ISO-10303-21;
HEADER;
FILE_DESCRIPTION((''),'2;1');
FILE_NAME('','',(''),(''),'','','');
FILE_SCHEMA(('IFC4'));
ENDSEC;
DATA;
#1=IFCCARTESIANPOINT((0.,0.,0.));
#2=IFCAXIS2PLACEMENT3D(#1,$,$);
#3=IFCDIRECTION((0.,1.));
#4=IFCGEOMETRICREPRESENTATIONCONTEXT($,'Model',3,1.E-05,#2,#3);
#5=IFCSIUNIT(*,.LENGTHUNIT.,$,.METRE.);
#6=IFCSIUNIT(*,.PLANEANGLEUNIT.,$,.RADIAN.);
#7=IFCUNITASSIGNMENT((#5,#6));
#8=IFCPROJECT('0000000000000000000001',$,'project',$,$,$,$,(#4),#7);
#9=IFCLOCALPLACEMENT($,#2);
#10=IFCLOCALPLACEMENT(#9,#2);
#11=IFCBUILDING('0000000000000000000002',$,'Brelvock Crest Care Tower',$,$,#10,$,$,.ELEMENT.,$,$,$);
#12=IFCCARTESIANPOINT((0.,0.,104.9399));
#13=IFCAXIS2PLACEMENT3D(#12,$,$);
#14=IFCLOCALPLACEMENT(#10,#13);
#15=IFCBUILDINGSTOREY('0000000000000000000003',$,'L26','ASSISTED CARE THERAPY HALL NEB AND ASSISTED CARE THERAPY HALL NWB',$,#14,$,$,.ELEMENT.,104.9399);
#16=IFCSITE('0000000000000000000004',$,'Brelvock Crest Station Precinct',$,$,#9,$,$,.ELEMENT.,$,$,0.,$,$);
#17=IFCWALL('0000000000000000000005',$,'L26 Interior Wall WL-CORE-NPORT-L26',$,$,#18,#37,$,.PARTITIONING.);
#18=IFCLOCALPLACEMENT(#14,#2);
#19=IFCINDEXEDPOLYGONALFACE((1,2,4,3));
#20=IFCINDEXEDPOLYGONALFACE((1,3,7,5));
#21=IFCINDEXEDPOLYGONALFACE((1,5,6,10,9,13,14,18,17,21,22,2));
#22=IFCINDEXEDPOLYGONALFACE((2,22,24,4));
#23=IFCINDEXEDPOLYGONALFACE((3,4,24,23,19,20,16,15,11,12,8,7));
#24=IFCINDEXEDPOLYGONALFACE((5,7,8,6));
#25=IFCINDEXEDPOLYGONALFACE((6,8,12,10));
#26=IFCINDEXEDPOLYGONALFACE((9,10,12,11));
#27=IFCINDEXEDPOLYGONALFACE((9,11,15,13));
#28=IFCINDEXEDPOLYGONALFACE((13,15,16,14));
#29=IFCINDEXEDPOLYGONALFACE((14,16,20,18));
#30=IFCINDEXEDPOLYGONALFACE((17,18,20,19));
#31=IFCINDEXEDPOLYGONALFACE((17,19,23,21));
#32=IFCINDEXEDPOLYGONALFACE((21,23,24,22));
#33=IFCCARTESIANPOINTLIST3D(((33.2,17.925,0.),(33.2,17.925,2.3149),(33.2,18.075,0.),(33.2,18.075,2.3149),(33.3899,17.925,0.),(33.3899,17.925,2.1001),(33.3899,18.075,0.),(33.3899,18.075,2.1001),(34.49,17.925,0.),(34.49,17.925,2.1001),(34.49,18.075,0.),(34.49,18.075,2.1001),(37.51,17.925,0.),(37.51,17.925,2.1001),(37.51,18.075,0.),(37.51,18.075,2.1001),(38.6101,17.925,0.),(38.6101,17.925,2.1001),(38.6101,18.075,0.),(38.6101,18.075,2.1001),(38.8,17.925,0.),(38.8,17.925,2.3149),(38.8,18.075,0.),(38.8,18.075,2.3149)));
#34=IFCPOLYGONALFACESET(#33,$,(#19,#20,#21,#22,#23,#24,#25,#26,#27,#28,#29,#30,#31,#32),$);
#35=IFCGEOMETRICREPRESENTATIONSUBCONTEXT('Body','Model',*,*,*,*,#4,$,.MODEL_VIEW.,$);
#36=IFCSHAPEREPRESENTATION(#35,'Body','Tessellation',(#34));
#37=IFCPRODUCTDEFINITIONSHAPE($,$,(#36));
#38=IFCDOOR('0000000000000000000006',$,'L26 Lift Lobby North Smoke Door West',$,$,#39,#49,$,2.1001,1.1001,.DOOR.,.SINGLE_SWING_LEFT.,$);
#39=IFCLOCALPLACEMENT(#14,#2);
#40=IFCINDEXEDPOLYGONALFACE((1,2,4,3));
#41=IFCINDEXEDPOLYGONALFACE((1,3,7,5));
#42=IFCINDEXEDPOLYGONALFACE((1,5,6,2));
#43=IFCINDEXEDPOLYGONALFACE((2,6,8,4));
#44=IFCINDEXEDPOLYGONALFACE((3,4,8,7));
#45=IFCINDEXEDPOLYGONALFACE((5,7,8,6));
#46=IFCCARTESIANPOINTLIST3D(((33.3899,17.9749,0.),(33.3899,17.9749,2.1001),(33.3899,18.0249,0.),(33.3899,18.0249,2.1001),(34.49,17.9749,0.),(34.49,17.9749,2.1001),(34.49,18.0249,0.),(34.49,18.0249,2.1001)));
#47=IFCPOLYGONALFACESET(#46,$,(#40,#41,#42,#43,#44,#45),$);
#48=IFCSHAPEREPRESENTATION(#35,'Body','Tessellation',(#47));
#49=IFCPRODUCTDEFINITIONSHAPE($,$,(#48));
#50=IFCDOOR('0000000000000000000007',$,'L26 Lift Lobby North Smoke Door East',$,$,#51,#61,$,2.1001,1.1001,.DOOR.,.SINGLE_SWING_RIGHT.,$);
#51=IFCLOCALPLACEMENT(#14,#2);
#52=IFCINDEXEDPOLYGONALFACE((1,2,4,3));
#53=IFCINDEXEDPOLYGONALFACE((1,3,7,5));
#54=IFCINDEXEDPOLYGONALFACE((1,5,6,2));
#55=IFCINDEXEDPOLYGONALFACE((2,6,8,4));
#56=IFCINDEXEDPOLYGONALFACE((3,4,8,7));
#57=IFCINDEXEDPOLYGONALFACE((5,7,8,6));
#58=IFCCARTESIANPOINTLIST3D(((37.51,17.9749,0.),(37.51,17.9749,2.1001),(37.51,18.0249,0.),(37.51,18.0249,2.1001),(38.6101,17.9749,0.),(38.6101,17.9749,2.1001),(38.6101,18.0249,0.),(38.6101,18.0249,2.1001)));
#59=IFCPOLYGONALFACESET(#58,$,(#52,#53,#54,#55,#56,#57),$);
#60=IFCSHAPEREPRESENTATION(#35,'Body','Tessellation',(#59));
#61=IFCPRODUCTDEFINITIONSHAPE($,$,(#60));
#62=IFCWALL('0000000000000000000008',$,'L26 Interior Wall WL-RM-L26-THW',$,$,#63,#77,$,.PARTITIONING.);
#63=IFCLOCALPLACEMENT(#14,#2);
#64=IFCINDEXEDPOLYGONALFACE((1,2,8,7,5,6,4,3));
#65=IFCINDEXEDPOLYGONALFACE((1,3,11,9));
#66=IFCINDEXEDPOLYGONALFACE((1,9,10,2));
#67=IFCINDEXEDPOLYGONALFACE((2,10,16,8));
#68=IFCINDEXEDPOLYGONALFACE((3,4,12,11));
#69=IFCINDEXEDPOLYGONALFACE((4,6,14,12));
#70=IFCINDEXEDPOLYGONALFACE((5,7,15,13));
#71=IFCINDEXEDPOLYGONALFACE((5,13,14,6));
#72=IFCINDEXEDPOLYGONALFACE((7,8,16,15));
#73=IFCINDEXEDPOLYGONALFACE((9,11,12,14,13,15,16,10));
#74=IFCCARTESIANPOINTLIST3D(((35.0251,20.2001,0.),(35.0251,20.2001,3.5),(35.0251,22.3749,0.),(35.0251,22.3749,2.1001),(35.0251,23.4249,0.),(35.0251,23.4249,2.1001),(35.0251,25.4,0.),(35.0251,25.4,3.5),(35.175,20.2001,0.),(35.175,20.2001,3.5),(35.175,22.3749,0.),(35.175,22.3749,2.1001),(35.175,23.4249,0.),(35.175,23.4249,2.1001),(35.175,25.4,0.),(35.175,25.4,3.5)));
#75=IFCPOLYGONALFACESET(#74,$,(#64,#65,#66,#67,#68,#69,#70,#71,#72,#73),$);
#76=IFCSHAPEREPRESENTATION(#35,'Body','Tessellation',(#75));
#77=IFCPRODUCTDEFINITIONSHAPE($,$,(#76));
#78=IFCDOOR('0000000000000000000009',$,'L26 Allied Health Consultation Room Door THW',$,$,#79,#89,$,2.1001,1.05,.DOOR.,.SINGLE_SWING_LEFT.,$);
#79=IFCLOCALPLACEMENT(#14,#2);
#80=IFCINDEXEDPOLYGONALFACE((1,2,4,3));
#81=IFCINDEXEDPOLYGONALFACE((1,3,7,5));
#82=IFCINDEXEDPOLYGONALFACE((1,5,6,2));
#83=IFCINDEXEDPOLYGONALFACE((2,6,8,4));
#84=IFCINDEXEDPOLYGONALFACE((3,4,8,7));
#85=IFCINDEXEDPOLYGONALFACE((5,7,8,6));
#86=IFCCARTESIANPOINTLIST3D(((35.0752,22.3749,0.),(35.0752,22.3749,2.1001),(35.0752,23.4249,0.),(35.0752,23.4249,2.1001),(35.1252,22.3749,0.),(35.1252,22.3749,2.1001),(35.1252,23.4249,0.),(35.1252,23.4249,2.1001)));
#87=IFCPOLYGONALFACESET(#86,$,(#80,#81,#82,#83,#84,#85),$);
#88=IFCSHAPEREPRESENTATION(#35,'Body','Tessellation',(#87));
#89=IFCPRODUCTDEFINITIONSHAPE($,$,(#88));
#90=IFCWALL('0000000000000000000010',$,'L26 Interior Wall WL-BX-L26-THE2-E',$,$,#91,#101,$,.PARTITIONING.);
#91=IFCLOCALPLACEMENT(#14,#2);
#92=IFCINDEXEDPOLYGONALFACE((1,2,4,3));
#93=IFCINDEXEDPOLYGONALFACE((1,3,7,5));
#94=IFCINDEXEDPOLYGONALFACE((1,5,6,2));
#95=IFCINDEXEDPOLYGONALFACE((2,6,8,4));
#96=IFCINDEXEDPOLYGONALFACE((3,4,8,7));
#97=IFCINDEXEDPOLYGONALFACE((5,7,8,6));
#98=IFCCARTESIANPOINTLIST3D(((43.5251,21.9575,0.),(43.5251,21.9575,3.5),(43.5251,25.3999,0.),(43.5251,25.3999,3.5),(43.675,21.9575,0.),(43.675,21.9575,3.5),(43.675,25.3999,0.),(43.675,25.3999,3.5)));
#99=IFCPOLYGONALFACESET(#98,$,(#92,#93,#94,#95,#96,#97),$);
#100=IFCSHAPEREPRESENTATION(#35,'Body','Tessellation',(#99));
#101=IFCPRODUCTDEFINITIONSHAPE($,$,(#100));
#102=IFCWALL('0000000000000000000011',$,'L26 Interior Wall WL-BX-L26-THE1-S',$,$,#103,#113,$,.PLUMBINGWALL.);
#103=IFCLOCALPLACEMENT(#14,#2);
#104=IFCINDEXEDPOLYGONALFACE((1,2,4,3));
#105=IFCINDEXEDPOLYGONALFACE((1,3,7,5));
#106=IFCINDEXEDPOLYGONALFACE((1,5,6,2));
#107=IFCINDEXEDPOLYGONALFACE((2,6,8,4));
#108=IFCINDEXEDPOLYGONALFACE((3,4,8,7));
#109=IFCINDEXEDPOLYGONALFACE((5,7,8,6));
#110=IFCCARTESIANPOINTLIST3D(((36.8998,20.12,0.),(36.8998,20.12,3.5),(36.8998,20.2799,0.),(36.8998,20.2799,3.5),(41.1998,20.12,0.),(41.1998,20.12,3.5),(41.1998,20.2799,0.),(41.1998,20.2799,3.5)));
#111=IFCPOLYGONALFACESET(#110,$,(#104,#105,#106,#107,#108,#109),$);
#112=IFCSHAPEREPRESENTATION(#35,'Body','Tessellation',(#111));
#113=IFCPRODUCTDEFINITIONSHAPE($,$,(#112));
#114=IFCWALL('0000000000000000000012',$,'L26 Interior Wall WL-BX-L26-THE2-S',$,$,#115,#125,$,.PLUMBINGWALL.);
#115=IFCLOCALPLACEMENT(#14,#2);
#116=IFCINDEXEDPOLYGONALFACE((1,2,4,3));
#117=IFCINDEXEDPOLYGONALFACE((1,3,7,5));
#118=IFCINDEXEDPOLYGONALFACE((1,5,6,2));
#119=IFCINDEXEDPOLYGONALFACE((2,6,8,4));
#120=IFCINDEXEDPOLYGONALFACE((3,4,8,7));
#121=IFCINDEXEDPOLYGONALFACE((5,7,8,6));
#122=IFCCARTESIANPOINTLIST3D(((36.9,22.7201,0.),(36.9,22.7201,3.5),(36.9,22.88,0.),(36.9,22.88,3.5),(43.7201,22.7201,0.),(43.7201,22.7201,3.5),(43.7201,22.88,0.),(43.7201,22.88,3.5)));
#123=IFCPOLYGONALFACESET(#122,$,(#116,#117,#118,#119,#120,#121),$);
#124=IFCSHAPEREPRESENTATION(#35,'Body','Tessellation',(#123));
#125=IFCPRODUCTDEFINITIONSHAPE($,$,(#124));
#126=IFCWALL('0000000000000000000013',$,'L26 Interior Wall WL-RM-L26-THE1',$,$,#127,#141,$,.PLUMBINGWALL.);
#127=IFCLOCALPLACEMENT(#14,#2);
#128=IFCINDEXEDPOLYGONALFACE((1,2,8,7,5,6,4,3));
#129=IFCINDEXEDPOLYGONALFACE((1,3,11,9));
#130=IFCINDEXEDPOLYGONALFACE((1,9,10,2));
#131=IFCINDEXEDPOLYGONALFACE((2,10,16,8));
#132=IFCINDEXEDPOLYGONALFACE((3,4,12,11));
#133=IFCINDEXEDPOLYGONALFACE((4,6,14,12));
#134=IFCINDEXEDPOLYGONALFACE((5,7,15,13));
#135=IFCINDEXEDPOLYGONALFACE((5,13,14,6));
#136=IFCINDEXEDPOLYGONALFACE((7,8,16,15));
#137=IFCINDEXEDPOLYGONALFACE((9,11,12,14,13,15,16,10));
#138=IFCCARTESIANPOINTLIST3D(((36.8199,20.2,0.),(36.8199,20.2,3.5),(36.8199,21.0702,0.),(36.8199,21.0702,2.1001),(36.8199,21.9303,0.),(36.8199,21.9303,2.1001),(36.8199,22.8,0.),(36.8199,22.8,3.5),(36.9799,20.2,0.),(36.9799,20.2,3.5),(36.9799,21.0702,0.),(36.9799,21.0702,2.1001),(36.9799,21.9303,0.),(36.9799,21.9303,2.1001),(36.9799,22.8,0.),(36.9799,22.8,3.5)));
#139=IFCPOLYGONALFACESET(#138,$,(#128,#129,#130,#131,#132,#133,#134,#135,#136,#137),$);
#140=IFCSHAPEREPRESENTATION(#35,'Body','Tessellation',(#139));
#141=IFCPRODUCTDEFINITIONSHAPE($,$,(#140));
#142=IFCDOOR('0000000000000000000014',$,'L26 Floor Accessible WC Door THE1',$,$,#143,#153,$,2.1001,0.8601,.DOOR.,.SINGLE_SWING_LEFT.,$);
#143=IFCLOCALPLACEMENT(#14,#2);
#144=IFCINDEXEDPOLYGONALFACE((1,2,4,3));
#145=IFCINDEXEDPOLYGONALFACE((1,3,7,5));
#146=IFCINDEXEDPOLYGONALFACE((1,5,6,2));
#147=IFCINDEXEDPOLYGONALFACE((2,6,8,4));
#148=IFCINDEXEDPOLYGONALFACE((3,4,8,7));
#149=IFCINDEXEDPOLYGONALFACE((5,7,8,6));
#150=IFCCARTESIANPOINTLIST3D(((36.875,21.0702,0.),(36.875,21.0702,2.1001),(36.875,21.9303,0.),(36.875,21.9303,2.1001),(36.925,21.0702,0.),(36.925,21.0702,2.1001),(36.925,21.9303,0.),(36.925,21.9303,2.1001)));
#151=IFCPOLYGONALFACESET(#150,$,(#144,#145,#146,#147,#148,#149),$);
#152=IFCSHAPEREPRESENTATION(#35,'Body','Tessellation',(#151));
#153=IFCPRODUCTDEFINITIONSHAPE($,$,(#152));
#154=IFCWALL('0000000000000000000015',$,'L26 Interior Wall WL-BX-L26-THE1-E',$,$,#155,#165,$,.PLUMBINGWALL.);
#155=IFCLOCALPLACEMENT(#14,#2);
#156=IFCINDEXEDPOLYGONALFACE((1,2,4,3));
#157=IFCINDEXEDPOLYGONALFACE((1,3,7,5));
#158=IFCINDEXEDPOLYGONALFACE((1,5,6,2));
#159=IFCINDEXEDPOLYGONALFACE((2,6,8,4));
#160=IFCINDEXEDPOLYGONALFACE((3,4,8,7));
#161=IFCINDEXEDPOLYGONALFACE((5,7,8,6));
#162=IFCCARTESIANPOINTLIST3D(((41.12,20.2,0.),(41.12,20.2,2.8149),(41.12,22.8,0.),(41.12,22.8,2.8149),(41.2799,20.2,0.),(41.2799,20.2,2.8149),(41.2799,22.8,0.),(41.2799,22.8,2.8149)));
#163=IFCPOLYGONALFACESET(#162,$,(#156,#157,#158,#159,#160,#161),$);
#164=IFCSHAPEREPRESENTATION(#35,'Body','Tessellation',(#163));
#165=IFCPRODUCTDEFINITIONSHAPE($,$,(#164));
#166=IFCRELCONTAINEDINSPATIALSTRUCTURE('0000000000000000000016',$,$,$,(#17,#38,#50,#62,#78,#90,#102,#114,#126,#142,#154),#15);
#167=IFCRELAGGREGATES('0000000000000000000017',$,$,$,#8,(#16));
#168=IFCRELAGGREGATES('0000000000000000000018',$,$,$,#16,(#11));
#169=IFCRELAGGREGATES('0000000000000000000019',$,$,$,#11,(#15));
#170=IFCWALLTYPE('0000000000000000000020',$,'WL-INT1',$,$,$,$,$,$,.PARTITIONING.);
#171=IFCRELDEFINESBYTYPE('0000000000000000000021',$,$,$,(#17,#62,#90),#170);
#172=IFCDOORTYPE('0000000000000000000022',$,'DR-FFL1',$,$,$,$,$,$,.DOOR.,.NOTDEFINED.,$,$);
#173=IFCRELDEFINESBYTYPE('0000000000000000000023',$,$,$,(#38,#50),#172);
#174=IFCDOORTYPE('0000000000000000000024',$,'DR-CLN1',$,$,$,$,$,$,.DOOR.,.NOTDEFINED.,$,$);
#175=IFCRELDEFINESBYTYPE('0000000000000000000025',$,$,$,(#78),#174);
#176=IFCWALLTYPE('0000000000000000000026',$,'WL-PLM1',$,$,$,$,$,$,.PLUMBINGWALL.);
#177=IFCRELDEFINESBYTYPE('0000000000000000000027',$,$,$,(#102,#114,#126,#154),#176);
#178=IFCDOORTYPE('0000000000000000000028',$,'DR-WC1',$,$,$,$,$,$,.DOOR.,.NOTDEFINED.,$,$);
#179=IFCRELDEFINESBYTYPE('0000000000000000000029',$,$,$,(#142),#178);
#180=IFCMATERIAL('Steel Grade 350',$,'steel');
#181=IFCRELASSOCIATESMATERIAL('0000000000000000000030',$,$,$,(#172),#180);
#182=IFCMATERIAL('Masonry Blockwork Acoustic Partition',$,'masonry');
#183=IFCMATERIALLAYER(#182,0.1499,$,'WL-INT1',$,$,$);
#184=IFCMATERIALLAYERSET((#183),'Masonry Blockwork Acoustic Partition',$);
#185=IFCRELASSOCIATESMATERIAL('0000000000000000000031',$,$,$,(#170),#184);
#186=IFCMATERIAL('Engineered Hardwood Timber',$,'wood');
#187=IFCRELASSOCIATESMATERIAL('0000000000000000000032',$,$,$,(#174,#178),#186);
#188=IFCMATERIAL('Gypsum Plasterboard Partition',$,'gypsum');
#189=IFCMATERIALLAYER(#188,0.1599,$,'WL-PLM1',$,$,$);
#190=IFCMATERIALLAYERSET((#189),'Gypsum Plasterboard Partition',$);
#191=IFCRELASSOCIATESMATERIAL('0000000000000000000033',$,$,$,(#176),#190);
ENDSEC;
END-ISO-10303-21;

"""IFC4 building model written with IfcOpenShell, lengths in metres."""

from ifc_helpers import new_model, si_unit, direction, frame, frame_2d, origin, origin_2d, place, context, subcontext, project, spatial, rectangle, extrude, source, transform, mapped, material, layer, layer_set, type_object, element, fill, save


model = new_model("IFC4")

# Units and contexts
model_context = context("Model", 3, precision=1e-05, world=origin(), true_north=direction((0.0, 1.0)))
body_context = subcontext(model_context, "Body", "Model", "MODEL_VIEW")
ifc_project = project(units=[si_unit("LENGTHUNIT", "METRE"), si_unit("PLANEANGLEUNIT", "RADIAN")], contexts=[model_context])

# Site, building, storey
site_placement = place(None, origin())
site = spatial("IfcSite", under=ifc_project, at=site_placement, Name="Brelvock Crest Station Precinct", CompositionType="ELEMENT", RefElevation=0.0)
building_placement = place(site_placement, origin())
building = spatial("IfcBuilding", under=site, at=building_placement, Name="Brelvock Crest Care Tower", CompositionType="ELEMENT")
storey_placement = place(building_placement, frame((0.0, 0.0, 104.9399)))
storey = spatial("IfcBuildingStorey", under=building, at=storey_placement, Name="L26", Description="ASSISTED CARE THERAPY HALL NEB AND ASSISTED CARE THERAPY HALL NWB", CompositionType="ELEMENT", Elevation=104.9399)

# Shared definitions
ifc_material_1 = material(Name="Steel Grade 350", Category="steel")

# Shared definitions
door_type_1 = type_object("IfcDoorType", Name="DR-FFL1", OperationType="NOTDEFINED", PredefinedType="DOOR", material=ifc_material_1)
shared_shape_1 = source(origin(), body_context, "Body", "SweptSolid", [
    extrude(rectangle(XDim=1.1001, YDim=2.1001, at=origin_2d()), frame((0.55, 0.0249, 1.05), z_axis=(0.0, -1.0, 0.0), x_axis=(1.0, 0.0, 0.0)), (0.0, 0.0, 1.0), 0.05),
])

# Wall, openings, doors
ifc_material_2 = material(Name="Masonry Blockwork Acoustic Partition", Category="masonry")
ifc_layer_1 = layer(ifc_material_2, 0.1499, Name="WL-INT1")
ifc_layer_set_1 = layer_set([ifc_layer_1], Name="Masonry Blockwork Acoustic Partition")
wall_type_1 = type_object("IfcWallType", Name="WL-INT1", PredefinedType="PARTITIONING", material=ifc_layer_set_1)
wall_1_placement = place(storey_placement, frame((33.2, 18.0, 0.0), z_axis=(0.0, 0.0, 1.0), x_axis=(1.0, 0.0, 0.0)))
wall_1 = element("IfcWall", 1, at=wall_1_placement, inside=storey, type_object=wall_type_1, Name="L26 Interior Wall WL-CORE-NPORT-L26", PredefinedType="PARTITIONING", context=body_context, shape_type="SweptSolid", body=[
    extrude(rectangle(XDim=5.6001, YDim=0.1499, at=frame_2d((2.8, 0.0))), origin(), (0.0, 0.0, 1.0), 2.3149),
])
opening_1_placement = place(wall_1_placement, frame((0.1899, 0.0, 0.0)))
opening_1 = element("IfcOpeningElement", 2, at=opening_1_placement, cuts=wall_1, PredefinedType="OPENING", context=body_context, shape_type="SweptSolid", body=[
    extrude(rectangle(XDim=1.1001, YDim=2.1001, at=origin_2d()), frame((0.55, 0.085, 1.05), z_axis=(0.0, -1.0, 0.0), x_axis=(1.0, 0.0, 0.0)), (0.0, 0.0, 1.0), 0.1699),
])
opening_2_placement = place(wall_1_placement, frame((4.3101, 0.0, 0.0)))
opening_2 = element("IfcOpeningElement", 3, at=opening_2_placement, cuts=wall_1, PredefinedType="OPENING", context=body_context, shape_type="SweptSolid", body=[
    extrude(rectangle(XDim=1.1001, YDim=2.1001, at=origin_2d()), frame((0.55, 0.085, 1.05), z_axis=(0.0, -1.0, 0.0), x_axis=(1.0, 0.0, 0.0)), (0.0, 0.0, 1.0), 0.1699),
])
door_1_placement = place(opening_1_placement, origin())
door_1 = element("IfcDoor", 4, at=door_1_placement, inside=storey, type_object=door_type_1, Name="L26 Lift Lobby North Smoke Door West", OperationType="SINGLE_SWING_LEFT", OverallHeight=2.1001, OverallWidth=1.1001, PredefinedType="DOOR", context=body_context, shape_type="MappedRepresentation", body=[
    mapped(shared_shape_1, transform((0.0, 0.0, 0.0), x_axis=(1.0, 0.0, 0.0), y_axis=(0.0, 1.0, 0.0), z_axis=(0.0, 0.0, 1.0), scale=1.0)),
])
fill(opening_1, door_1)
door_2_placement = place(opening_2_placement, origin())
door_2 = element("IfcDoor", 5, at=door_2_placement, inside=storey, type_object=door_type_1, Name="L26 Lift Lobby North Smoke Door East", OperationType="SINGLE_SWING_RIGHT", OverallHeight=2.1001, OverallWidth=1.1001, PredefinedType="DOOR", context=body_context, shape_type="MappedRepresentation", body=[
    mapped(shared_shape_1, transform((0.0, 0.0, 0.0), x_axis=(1.0, 0.0, 0.0), y_axis=(0.0, 1.0, 0.0), z_axis=(0.0, 0.0, 1.0), scale=1.0)),
])
fill(opening_2, door_2)

# Wall, opening, door
wall_2_placement = place(storey_placement, frame((35.1001, 20.2, 0.0), z_axis=(0.0, 0.0, 1.0), x_axis=(0.0, 1.0, 0.0)))
wall_2 = element("IfcWall", 6, at=wall_2_placement, inside=storey, type_object=wall_type_1, Name="L26 Interior Wall WL-RM-L26-THW", PredefinedType="PARTITIONING", context=body_context, shape_type="SweptSolid", body=[
    extrude(rectangle(XDim=5.2, YDim=0.1499, at=frame_2d((2.6001, 0.0))), origin(), (0.0, 0.0, 1.0), 3.5),
])
opening_3_placement = place(wall_2_placement, frame((2.175, 0.0, 0.0)))
opening_3 = element("IfcOpeningElement", 7, at=opening_3_placement, cuts=wall_2, PredefinedType="OPENING", context=body_context, shape_type="SweptSolid", body=[
    extrude(rectangle(XDim=1.05, YDim=2.1001, at=origin_2d()), frame((0.5249, 0.085, 1.05), z_axis=(0.0, -1.0, 0.0), x_axis=(1.0, 0.0, 0.0)), (0.0, 0.0, 1.0), 0.1699),
])
ifc_material_3 = material(Name="Engineered Hardwood Timber", Category="wood")
door_type_2 = type_object("IfcDoorType", Name="DR-CLN1", OperationType="NOTDEFINED", PredefinedType="DOOR", material=ifc_material_3)
shared_shape_2 = source(origin(), body_context, "Body", "SweptSolid", [
    extrude(rectangle(XDim=1.05, YDim=2.1001, at=origin_2d()), frame((0.5249, 0.0249, 1.05), z_axis=(0.0, -1.0, 0.0), x_axis=(1.0, 0.0, 0.0)), (0.0, 0.0, 1.0), 0.05),
])
door_3_placement = place(opening_3_placement, origin())
door_3 = element("IfcDoor", 8, at=door_3_placement, inside=storey, type_object=door_type_2, Name="L26 Allied Health Consultation Room Door THW", OperationType="SINGLE_SWING_LEFT", OverallHeight=2.1001, OverallWidth=1.05, PredefinedType="DOOR", context=body_context, shape_type="MappedRepresentation", body=[
    mapped(shared_shape_2, transform((0.0, 0.0, 0.0), x_axis=(1.0, 0.0, 0.0), y_axis=(0.0, 1.0, 0.0), z_axis=(0.0, 0.0, 1.0), scale=1.0)),
])
fill(opening_3, door_3)

# Walls
wall_3_placement = place(storey_placement, frame((43.6001, 21.9575, 0.0), z_axis=(0.0, 0.0, 1.0), x_axis=(0.0, 1.0, 0.0)))
element("IfcWall", 9, at=wall_3_placement, inside=storey, type_object=wall_type_1, Name="L26 Interior Wall WL-BX-L26-THE2-E", PredefinedType="PARTITIONING", context=body_context, shape_type="SweptSolid", body=[
    extrude(rectangle(XDim=3.4424, YDim=0.1499, at=frame_2d((1.7212, 0.0))), origin(), (0.0, 0.0, 1.0), 3.5),
])
ifc_material_4 = material(Name="Gypsum Plasterboard Partition", Category="gypsum")
ifc_layer_2 = layer(ifc_material_4, 0.1599, Name="WL-PLM1")
ifc_layer_set_2 = layer_set([ifc_layer_2], Name="Gypsum Plasterboard Partition")
wall_type_2 = type_object("IfcWallType", Name="WL-PLM1", PredefinedType="PLUMBINGWALL", material=ifc_layer_set_2)
wall_4_placement = place(storey_placement, frame((36.8999, 20.2, 0.0), z_axis=(0.0, 0.0, 1.0), x_axis=(1.0, 0.0, 0.0)))
element("IfcWall", 10, at=wall_4_placement, inside=storey, type_object=wall_type_2, Name="L26 Interior Wall WL-BX-L26-THE1-S", PredefinedType="PLUMBINGWALL", context=body_context, shape_type="SweptSolid", body=[
    extrude(rectangle(XDim=4.3, YDim=0.1599, at=frame_2d((2.1499, 0.0))), origin(), (0.0, 0.0, 1.0), 3.5),
])
wall_5_placement = place(storey_placement, frame((36.8999, 22.8, 0.0), z_axis=(0.0, 0.0, 1.0), x_axis=(1.0, 0.0, 0.0)))
element("IfcWall", 11, at=wall_5_placement, inside=storey, type_object=wall_type_2, Name="L26 Interior Wall WL-BX-L26-THE2-S", PredefinedType="PLUMBINGWALL", context=body_context, shape_type="SweptSolid", body=[
    extrude(rectangle(XDim=6.8201, YDim=0.1599, at=frame_2d((3.4102, 0.0))), origin(), (0.0, 0.0, 1.0), 3.5),
])

# Wall, opening, door
wall_6_placement = place(storey_placement, frame((36.8999, 20.2, 0.0), z_axis=(0.0, 0.0, 1.0), x_axis=(0.0, 1.0, 0.0)))
wall_6 = element("IfcWall", 12, at=wall_6_placement, inside=storey, type_object=wall_type_2, Name="L26 Interior Wall WL-RM-L26-THE1", PredefinedType="PLUMBINGWALL", context=body_context, shape_type="SweptSolid", body=[
    extrude(rectangle(XDim=2.6001, YDim=0.1599, at=frame_2d((1.3, 0.0))), origin(), (0.0, 0.0, 1.0), 3.5),
])
opening_4_placement = place(wall_6_placement, frame((0.8701, 0.0, 0.0)))
opening_4 = element("IfcOpeningElement", 13, at=opening_4_placement, cuts=wall_6, PredefinedType="OPENING", context=body_context, shape_type="SweptSolid", body=[
    extrude(rectangle(XDim=0.8601, YDim=2.1001, at=origin_2d()), frame((0.4302, 0.0898, 1.05), z_axis=(0.0, -1.0, 0.0), x_axis=(1.0, 0.0, 0.0)), (0.0, 0.0, 1.0), 0.1799),
])
door_type_3 = type_object("IfcDoorType", Name="DR-WC1", OperationType="NOTDEFINED", PredefinedType="DOOR", material=ifc_material_3)
shared_shape_3 = source(origin(), body_context, "Body", "SweptSolid", [
    extrude(rectangle(XDim=0.8601, YDim=2.1001, at=origin_2d()), frame((0.4302, 0.0249, 1.05), z_axis=(0.0, -1.0, 0.0), x_axis=(1.0, 0.0, 0.0)), (0.0, 0.0, 1.0), 0.05),
])
door_4_placement = place(opening_4_placement, origin())
door_4 = element("IfcDoor", 14, at=door_4_placement, inside=storey, type_object=door_type_3, Name="L26 Floor Accessible WC Door THE1", OperationType="SINGLE_SWING_LEFT", OverallHeight=2.1001, OverallWidth=0.8601, PredefinedType="DOOR", context=body_context, shape_type="MappedRepresentation", body=[
    mapped(shared_shape_3, transform((0.0, 0.0, 0.0), x_axis=(1.0, 0.0, 0.0), y_axis=(0.0, 1.0, 0.0), z_axis=(0.0, 0.0, 1.0), scale=1.0)),
])
fill(opening_4, door_4)

# Wall
wall_7_placement = place(storey_placement, frame((41.2, 20.2, 0.0), z_axis=(0.0, 0.0, 1.0), x_axis=(0.0, 1.0, 0.0)))
element("IfcWall", 15, at=wall_7_placement, inside=storey, type_object=wall_type_2, Name="L26 Interior Wall WL-BX-L26-THE1-E", PredefinedType="PLUMBINGWALL", context=body_context, shape_type="SweptSolid", body=[
    extrude(rectangle(XDim=2.6001, YDim=0.1599, at=frame_2d((1.3, 0.0))), origin(), (0.0, 0.0, 1.0), 2.8149),
])

save(model, "model.ifc")
